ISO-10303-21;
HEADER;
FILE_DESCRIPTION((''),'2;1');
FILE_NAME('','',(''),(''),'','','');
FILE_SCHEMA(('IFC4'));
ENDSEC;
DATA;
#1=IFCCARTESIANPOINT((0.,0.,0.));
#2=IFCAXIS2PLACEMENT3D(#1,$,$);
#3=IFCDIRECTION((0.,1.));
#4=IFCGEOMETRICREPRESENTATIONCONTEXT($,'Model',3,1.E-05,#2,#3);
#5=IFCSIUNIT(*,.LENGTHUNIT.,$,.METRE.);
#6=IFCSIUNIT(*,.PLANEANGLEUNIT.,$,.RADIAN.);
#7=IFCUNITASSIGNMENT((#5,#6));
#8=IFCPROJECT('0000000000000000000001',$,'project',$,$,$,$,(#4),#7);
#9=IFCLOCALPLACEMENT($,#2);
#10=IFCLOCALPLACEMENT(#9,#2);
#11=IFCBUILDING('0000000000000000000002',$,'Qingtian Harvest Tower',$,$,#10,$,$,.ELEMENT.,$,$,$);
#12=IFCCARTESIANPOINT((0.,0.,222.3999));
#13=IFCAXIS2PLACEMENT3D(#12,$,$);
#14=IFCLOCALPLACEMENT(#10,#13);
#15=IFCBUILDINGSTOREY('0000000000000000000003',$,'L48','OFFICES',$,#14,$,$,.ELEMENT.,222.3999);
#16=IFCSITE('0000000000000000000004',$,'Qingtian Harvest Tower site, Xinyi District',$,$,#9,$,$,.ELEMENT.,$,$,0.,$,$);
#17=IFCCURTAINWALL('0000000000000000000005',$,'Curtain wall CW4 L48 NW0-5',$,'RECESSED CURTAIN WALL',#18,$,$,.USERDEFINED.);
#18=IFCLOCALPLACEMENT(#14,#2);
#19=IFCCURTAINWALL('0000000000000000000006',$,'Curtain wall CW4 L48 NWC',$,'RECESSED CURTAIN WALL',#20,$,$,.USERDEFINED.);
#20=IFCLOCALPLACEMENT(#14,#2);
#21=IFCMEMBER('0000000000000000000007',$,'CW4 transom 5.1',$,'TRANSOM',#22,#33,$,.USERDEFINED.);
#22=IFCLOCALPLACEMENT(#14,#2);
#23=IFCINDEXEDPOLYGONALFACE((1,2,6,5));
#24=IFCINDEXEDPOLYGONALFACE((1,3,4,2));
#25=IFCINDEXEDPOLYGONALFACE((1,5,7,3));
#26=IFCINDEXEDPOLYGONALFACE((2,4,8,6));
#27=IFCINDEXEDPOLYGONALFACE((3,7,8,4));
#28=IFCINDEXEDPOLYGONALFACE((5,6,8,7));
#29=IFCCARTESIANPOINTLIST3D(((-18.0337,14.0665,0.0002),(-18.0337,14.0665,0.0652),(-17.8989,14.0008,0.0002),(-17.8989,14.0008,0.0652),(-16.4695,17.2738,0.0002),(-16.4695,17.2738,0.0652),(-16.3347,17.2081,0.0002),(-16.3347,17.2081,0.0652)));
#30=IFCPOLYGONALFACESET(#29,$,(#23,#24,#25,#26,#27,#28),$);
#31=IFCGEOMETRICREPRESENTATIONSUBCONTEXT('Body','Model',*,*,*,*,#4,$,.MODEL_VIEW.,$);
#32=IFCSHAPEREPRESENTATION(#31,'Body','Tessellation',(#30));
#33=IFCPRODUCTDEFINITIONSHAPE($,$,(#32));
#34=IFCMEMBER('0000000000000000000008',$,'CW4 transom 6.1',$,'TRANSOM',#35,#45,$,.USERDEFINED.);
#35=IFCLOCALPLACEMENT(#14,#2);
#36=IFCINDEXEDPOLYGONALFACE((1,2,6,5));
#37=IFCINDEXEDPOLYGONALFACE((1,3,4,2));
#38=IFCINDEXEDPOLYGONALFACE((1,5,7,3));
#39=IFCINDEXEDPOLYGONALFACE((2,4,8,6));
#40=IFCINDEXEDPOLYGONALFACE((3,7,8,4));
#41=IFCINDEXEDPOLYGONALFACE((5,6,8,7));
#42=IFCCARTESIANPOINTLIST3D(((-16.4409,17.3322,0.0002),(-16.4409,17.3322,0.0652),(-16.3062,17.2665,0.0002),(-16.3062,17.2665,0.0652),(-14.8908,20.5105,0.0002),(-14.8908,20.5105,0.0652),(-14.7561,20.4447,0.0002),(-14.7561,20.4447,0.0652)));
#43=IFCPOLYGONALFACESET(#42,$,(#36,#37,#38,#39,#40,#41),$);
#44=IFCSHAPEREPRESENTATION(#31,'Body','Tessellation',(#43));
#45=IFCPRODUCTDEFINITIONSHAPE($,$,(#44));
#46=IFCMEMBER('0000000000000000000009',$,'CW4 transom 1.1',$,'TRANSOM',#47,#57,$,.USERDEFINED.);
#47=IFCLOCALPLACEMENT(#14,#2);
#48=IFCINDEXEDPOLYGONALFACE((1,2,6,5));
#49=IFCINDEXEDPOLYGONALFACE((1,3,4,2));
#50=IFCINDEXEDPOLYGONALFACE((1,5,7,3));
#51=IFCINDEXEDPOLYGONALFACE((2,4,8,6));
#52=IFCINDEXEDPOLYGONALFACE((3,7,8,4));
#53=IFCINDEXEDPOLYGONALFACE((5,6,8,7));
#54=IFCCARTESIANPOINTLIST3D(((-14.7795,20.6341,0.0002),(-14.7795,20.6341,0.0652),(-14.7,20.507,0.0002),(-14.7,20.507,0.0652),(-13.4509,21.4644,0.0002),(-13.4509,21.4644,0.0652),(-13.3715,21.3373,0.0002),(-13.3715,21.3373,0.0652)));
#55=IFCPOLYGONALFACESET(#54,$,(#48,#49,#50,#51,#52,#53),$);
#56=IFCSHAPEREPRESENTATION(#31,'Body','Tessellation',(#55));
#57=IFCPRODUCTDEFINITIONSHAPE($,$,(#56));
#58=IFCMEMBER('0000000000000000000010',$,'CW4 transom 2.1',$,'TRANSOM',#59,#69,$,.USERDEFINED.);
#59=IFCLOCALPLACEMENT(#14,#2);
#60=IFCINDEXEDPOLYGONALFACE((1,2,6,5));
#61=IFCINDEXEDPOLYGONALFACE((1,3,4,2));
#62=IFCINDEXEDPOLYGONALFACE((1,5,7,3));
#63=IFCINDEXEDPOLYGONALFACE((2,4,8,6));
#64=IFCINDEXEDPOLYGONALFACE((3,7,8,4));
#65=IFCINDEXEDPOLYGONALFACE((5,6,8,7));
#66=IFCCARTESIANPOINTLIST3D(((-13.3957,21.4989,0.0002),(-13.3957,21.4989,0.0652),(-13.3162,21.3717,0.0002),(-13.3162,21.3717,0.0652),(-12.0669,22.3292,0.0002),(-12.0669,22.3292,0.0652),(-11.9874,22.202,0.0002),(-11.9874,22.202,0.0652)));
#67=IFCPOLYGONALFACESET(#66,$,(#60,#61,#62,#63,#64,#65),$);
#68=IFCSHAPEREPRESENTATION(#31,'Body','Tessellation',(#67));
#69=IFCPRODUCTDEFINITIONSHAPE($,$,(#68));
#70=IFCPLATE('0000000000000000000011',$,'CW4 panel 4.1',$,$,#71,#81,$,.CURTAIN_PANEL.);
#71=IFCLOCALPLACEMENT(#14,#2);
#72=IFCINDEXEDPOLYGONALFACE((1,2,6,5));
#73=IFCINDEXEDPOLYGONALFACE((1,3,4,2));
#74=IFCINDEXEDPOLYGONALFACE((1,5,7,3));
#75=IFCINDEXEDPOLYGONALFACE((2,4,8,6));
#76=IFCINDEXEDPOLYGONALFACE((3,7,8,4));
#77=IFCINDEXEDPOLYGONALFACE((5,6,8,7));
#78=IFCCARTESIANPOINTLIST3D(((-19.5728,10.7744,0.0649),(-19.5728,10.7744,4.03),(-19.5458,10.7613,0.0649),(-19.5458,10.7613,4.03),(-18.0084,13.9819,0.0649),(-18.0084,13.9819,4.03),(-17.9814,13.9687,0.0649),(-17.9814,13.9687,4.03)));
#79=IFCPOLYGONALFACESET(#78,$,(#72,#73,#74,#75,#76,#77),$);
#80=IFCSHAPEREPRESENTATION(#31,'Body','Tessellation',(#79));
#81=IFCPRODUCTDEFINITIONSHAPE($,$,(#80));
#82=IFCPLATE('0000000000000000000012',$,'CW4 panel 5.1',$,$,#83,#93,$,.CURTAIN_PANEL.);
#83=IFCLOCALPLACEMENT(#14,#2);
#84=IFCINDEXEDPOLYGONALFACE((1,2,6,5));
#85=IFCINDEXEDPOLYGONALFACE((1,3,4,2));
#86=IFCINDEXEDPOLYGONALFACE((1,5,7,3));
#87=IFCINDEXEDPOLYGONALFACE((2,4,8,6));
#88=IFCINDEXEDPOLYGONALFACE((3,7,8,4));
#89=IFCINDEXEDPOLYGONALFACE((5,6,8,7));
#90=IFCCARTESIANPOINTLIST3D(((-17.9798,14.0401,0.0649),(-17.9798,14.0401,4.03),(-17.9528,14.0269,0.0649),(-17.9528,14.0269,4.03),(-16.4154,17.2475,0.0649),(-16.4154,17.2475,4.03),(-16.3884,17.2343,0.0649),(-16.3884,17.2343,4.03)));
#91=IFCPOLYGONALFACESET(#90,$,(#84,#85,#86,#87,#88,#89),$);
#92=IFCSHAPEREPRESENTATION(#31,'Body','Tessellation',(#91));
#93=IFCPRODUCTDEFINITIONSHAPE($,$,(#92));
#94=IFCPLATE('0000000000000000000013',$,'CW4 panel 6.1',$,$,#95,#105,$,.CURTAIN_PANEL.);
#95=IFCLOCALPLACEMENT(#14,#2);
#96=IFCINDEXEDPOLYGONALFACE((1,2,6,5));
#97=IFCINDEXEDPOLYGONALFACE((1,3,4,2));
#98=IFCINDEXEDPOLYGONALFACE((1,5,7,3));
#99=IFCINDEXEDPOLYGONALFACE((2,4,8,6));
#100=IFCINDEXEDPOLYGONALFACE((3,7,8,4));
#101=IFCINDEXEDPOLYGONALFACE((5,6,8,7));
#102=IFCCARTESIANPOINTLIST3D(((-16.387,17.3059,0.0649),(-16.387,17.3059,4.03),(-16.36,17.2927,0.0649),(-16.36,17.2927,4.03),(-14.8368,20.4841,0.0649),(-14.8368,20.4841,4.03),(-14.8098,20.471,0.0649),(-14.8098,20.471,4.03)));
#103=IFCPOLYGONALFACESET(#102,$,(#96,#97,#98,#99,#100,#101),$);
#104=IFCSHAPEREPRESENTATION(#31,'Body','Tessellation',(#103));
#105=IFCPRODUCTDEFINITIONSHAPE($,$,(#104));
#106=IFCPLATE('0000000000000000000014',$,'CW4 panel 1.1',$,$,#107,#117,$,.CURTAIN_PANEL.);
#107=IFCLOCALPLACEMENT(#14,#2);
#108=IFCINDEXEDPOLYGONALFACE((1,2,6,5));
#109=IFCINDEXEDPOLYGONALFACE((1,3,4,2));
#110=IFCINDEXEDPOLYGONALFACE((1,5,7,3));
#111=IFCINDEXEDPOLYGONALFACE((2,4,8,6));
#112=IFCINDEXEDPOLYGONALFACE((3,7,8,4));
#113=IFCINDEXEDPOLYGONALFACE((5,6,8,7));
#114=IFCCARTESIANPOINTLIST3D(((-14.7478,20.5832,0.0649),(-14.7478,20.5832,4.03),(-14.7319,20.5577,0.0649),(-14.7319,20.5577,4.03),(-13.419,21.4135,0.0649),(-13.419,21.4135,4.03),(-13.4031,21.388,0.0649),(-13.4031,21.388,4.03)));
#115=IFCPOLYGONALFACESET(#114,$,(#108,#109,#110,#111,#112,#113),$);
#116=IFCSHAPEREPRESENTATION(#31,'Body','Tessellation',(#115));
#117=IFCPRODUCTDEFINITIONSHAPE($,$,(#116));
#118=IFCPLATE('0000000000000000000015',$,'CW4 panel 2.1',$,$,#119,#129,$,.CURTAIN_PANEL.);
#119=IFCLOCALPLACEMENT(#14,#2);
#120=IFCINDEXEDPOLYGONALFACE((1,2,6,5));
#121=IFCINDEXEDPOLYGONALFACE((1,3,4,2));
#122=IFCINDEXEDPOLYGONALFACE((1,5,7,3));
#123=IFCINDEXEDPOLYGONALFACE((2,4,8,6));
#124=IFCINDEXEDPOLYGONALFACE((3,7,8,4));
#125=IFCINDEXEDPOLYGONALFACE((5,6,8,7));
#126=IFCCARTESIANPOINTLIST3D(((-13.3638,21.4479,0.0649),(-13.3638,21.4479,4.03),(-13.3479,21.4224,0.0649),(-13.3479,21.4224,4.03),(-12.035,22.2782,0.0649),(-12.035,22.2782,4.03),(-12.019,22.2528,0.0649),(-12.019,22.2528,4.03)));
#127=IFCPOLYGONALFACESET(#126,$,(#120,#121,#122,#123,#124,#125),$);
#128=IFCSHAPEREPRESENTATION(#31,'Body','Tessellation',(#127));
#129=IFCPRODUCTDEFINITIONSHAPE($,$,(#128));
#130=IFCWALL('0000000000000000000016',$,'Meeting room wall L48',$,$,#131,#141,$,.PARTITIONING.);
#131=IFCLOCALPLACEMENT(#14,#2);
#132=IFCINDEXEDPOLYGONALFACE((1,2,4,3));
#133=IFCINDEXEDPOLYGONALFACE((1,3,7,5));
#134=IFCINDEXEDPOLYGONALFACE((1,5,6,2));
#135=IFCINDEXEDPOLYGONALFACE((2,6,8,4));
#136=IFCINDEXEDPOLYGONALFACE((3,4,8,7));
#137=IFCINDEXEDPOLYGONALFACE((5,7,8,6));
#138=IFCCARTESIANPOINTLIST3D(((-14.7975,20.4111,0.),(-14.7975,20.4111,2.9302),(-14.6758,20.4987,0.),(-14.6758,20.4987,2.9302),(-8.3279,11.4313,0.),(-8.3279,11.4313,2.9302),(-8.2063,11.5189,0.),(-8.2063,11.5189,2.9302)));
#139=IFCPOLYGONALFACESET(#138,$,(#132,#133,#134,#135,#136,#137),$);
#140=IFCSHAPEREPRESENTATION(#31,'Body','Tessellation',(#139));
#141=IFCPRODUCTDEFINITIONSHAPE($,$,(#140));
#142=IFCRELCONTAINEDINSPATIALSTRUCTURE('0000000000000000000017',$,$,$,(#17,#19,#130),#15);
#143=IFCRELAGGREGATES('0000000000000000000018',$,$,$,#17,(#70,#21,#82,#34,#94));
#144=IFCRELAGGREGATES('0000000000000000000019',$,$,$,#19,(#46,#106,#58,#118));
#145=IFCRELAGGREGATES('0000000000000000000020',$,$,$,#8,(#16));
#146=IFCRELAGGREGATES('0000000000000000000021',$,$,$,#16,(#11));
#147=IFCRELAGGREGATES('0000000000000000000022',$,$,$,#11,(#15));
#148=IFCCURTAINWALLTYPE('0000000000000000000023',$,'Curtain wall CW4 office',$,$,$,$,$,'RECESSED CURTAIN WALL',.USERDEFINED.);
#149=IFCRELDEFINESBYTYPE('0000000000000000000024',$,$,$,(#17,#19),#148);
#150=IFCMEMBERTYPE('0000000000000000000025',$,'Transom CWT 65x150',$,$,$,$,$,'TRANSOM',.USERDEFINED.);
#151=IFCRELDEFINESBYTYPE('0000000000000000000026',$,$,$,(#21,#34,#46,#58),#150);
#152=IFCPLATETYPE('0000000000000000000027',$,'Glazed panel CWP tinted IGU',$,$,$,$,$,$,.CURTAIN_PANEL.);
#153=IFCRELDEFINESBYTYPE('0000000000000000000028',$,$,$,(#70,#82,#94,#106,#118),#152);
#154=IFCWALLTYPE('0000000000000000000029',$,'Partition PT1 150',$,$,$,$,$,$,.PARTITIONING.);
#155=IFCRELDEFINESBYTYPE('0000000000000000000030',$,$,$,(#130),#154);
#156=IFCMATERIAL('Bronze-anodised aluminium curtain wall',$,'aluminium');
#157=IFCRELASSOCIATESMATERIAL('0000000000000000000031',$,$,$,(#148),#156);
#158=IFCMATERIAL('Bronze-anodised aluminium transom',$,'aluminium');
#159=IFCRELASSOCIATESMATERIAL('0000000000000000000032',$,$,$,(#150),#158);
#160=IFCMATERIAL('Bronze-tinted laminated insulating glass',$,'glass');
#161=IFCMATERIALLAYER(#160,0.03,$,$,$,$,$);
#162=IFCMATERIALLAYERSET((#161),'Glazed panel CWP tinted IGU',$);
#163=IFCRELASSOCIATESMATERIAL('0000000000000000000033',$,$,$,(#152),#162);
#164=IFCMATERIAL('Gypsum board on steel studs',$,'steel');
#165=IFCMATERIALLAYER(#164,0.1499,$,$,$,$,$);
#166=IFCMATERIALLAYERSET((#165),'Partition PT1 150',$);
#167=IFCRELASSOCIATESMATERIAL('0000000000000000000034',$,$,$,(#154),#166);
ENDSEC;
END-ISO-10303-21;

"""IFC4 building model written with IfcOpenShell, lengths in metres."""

from ifc_helpers import new_model, si_unit, direction, frame, frame_2d, origin, origin_2d, place, context, subcontext, project, spatial, rectangle, extrude, material, layer, layer_set, material_profile, profile_set, type_object, element, aggregate, save


model = new_model("IFC4")

# Units and contexts
model_context = context("Model", 3, precision=1e-05, world=origin(), true_north=direction((0.0, 1.0)))
body_context = subcontext(model_context, "Body", "Model", "MODEL_VIEW")
ifc_project = project(units=[si_unit("LENGTHUNIT", "METRE"), si_unit("PLANEANGLEUNIT", "RADIAN")], contexts=[model_context])

# Site, building, storey
site_placement = place(None, origin())
site = spatial("IfcSite", under=ifc_project, at=site_placement, Name="Qingtian Harvest Tower site, Xinyi District", CompositionType="ELEMENT", RefElevation=0.0)
building_placement = place(site_placement, origin())
building = spatial("IfcBuilding", under=site, at=building_placement, Name="Qingtian Harvest Tower", CompositionType="ELEMENT")
storey_placement = place(building_placement, frame((0.0, 0.0, 222.3999)))
storey = spatial("IfcBuildingStorey", under=building, at=storey_placement, Name="L48", Description="OFFICES", CompositionType="ELEMENT", Elevation=222.3999)

# Curtain walls
ifc_material_1 = material(Name="Bronze-anodised aluminium curtain wall", Category="aluminium")
curtain_wall_type = type_object("IfcCurtainWallType", Name="Curtain wall CW4 office", ElementType="RECESSED CURTAIN WALL", PredefinedType="USERDEFINED", material=ifc_material_1)
curtain_wall_1_placement = place(storey_placement, origin())
curtain_wall_1 = element("IfcCurtainWall", 1, at=curtain_wall_1_placement, inside=storey, type_object=curtain_wall_type, Name="Curtain wall CW4 L48 NW0-5", ObjectType="RECESSED CURTAIN WALL", PredefinedType="USERDEFINED")
curtain_wall_2_placement = place(storey_placement, origin())
curtain_wall_2 = element("IfcCurtainWall", 2, at=curtain_wall_2_placement, inside=storey, type_object=curtain_wall_type, Name="Curtain wall CW4 L48 NWC", ObjectType="RECESSED CURTAIN WALL", PredefinedType="USERDEFINED")

# Members
ifc_material_2 = material(Name="Bronze-anodised aluminium transom", Category="aluminium")
ifc_material_profile_1 = material_profile(ifc_material_2, rectangle(XDim=0.1499, YDim=0.0649, at=origin_2d()), Name="AL 65x150")
ifc_profile_set_1 = profile_set([ifc_material_profile_1], Name="Bronze-anodised aluminium transom")
member_type_1 = type_object("IfcMemberType", Name="Transom CWT 65x150", ElementType="TRANSOM", PredefinedType="USERDEFINED", material=ifc_profile_set_1)
member_1_placement = place(storey_placement, frame((-17.9663, 14.0337, 0.0327), z_axis=(0.438352, 0.898803, 0.0), x_axis=(-0.898803, 0.438352, 0.0)))
member_1 = element("IfcMember", 3, at=member_1_placement, type_object=member_type_1, Name="CW4 transom 5.1", ObjectType="TRANSOM", PredefinedType="USERDEFINED", context=body_context, shape_type="SweptSolid", body=[
    extrude(rectangle(XDim=0.1499, YDim=0.0649, at=origin_2d()), origin(), (0.0, 0.0, 1.0), 3.5684),
])
member_2_placement = place(storey_placement, frame((-16.3735, 17.2993, 0.0327), z_axis=(0.438354, 0.898802, 0.0), x_axis=(-0.898802, 0.438354, 0.0)))
member_2 = element("IfcMember", 4, at=member_2_placement, type_object=member_type_1, Name="CW4 transom 6.1", ObjectType="TRANSOM", PredefinedType="USERDEFINED", context=body_context, shape_type="SweptSolid", body=[
    extrude(rectangle(XDim=0.1499, YDim=0.0649, at=origin_2d()), origin(), (0.0, 0.0, 1.0), 3.5361),
])
member_3_placement = place(storey_placement, frame((-14.7397, 20.5706, 0.0327), z_axis=(0.848016, 0.529971, 0.0), x_axis=(-0.529971, 0.848016, 0.0)))
member_3 = element("IfcMember", 5, at=member_3_placement, type_object=member_type_1, Name="CW4 transom 1.1", ObjectType="TRANSOM", PredefinedType="USERDEFINED", context=body_context, shape_type="SweptSolid", body=[
    extrude(rectangle(XDim=0.1499, YDim=0.0649, at=origin_2d()), origin(), (0.0, 0.0, 1.0), 1.5667),
])
member_4_placement = place(storey_placement, frame((-13.356, 21.4353, 0.0327), z_axis=(0.84806, 0.529901, 0.0), x_axis=(-0.529901, 0.84806, 0.0)))
member_4 = element("IfcMember", 6, at=member_4_placement, type_object=member_type_1, Name="CW4 transom 2.1", ObjectType="TRANSOM", PredefinedType="USERDEFINED", context=body_context, shape_type="SweptSolid", body=[
    extrude(rectangle(XDim=0.1499, YDim=0.0649, at=origin_2d()), origin(), (0.0, 0.0, 1.0), 1.5669),
])

# Plates
ifc_material_3 = material(Name="Bronze-tinted laminated insulating glass", Category="glass")
ifc_layer_1 = layer(ifc_material_3, 0.03)
ifc_layer_set_1 = layer_set([ifc_layer_1], Name="Glazed panel CWP tinted IGU")
plate_type = type_object("IfcPlateType", Name="Glazed panel CWP tinted IGU", PredefinedType="CURTAIN_PANEL", material=ifc_layer_set_1)
plate_1_placement = place(storey_placement, frame((-18.7771, 12.3716, 0.0649), z_axis=(0.0, 0.0, 1.0), x_axis=(0.438371, 0.898794, 0.0)))
plate_1 = element("IfcPlate", 7, at=plate_1_placement, type_object=plate_type, Name="CW4 panel 4.1", PredefinedType="CURTAIN_PANEL", context=body_context, shape_type="SweptSolid", body=[
    extrude(rectangle(XDim=3.5686, YDim=0.03, at=origin_2d()), origin(), (0.0, 0.0, 1.0), 3.9651),
])
plate_2_placement = place(storey_placement, frame((-17.1841, 15.6372, 0.0649), z_axis=(0.0, 0.0, 1.0), x_axis=(0.438371, 0.898794, 0.0)))
plate_2 = element("IfcPlate", 8, at=plate_2_placement, type_object=plate_type, Name="CW4 panel 5.1", PredefinedType="CURTAIN_PANEL", context=body_context, shape_type="SweptSolid", body=[
    extrude(rectangle(XDim=3.5686, YDim=0.03, at=origin_2d()), origin(), (0.0, 0.0, 1.0), 3.9651),
])
plate_3_placement = place(storey_placement, frame((-15.5984, 18.8884, 0.0649), z_axis=(0.0, 0.0, 1.0), x_axis=(0.438371, 0.898794, 0.0)))
plate_3 = element("IfcPlate", 9, at=plate_3_placement, type_object=plate_type, Name="CW4 panel 6.1", PredefinedType="CURTAIN_PANEL", context=body_context, shape_type="SweptSolid", body=[
    extrude(rectangle(XDim=3.5361, YDim=0.03, at=origin_2d()), origin(), (0.0, 0.0, 1.0), 3.9651),
])
aggregate(curtain_wall_1, [plate_1, member_1, plate_2, member_2, plate_3])
plate_4_placement = place(storey_placement, frame((-14.0754, 20.9856, 0.0649), z_axis=(0.0, 0.0, 1.0), x_axis=(0.848048, 0.529919, 0.0)))
plate_4 = element("IfcPlate", 10, at=plate_4_placement, type_object=plate_type, Name="CW4 panel 1.1", PredefinedType="CURTAIN_PANEL", context=body_context, shape_type="SweptSolid", body=[
    extrude(rectangle(XDim=1.5669, YDim=0.03, at=origin_2d()), origin(), (0.0, 0.0, 1.0), 3.9651),
])
plate_5_placement = place(storey_placement, frame((-12.6914, 21.8503, 0.0649), z_axis=(0.0, 0.0, 1.0), x_axis=(0.848048, 0.529919, 0.0)))
plate_5 = element("IfcPlate", 11, at=plate_5_placement, type_object=plate_type, Name="CW4 panel 2.1", PredefinedType="CURTAIN_PANEL", context=body_context, shape_type="SweptSolid", body=[
    extrude(rectangle(XDim=1.5669, YDim=0.03, at=origin_2d()), origin(), (0.0, 0.0, 1.0), 3.9651),
])
aggregate(curtain_wall_2, [member_3, plate_4, member_4, plate_5])

# Wall
ifc_material_4 = material(Name="Gypsum board on steel studs", Category="steel")
ifc_layer_2 = layer(ifc_material_4, 0.1499)
ifc_layer_set_2 = layer_set([ifc_layer_2], Name="Partition PT1 150")
wall_type = type_object("IfcWallType", Name="Partition PT1 150", PredefinedType="PARTITIONING", material=ifc_layer_set_2)
wall_placement = place(storey_placement, frame((-14.7366, 20.4548, 0.0), z_axis=(0.0, 0.0, 1.0), x_axis=(0.584547, -0.81136, 0.0)))
element("IfcWall", 12, at=wall_placement, inside=storey, type_object=wall_type, Name="Meeting room wall L48", PredefinedType="PARTITIONING", context=body_context, shape_type="SweptSolid", body=[
    extrude(rectangle(XDim=11.0676, YDim=0.1499, at=frame_2d((5.5337, 0.0))), origin(), (0.0, 0.0, 1.0), 2.9302),
])

save(model, "model.ifc")
